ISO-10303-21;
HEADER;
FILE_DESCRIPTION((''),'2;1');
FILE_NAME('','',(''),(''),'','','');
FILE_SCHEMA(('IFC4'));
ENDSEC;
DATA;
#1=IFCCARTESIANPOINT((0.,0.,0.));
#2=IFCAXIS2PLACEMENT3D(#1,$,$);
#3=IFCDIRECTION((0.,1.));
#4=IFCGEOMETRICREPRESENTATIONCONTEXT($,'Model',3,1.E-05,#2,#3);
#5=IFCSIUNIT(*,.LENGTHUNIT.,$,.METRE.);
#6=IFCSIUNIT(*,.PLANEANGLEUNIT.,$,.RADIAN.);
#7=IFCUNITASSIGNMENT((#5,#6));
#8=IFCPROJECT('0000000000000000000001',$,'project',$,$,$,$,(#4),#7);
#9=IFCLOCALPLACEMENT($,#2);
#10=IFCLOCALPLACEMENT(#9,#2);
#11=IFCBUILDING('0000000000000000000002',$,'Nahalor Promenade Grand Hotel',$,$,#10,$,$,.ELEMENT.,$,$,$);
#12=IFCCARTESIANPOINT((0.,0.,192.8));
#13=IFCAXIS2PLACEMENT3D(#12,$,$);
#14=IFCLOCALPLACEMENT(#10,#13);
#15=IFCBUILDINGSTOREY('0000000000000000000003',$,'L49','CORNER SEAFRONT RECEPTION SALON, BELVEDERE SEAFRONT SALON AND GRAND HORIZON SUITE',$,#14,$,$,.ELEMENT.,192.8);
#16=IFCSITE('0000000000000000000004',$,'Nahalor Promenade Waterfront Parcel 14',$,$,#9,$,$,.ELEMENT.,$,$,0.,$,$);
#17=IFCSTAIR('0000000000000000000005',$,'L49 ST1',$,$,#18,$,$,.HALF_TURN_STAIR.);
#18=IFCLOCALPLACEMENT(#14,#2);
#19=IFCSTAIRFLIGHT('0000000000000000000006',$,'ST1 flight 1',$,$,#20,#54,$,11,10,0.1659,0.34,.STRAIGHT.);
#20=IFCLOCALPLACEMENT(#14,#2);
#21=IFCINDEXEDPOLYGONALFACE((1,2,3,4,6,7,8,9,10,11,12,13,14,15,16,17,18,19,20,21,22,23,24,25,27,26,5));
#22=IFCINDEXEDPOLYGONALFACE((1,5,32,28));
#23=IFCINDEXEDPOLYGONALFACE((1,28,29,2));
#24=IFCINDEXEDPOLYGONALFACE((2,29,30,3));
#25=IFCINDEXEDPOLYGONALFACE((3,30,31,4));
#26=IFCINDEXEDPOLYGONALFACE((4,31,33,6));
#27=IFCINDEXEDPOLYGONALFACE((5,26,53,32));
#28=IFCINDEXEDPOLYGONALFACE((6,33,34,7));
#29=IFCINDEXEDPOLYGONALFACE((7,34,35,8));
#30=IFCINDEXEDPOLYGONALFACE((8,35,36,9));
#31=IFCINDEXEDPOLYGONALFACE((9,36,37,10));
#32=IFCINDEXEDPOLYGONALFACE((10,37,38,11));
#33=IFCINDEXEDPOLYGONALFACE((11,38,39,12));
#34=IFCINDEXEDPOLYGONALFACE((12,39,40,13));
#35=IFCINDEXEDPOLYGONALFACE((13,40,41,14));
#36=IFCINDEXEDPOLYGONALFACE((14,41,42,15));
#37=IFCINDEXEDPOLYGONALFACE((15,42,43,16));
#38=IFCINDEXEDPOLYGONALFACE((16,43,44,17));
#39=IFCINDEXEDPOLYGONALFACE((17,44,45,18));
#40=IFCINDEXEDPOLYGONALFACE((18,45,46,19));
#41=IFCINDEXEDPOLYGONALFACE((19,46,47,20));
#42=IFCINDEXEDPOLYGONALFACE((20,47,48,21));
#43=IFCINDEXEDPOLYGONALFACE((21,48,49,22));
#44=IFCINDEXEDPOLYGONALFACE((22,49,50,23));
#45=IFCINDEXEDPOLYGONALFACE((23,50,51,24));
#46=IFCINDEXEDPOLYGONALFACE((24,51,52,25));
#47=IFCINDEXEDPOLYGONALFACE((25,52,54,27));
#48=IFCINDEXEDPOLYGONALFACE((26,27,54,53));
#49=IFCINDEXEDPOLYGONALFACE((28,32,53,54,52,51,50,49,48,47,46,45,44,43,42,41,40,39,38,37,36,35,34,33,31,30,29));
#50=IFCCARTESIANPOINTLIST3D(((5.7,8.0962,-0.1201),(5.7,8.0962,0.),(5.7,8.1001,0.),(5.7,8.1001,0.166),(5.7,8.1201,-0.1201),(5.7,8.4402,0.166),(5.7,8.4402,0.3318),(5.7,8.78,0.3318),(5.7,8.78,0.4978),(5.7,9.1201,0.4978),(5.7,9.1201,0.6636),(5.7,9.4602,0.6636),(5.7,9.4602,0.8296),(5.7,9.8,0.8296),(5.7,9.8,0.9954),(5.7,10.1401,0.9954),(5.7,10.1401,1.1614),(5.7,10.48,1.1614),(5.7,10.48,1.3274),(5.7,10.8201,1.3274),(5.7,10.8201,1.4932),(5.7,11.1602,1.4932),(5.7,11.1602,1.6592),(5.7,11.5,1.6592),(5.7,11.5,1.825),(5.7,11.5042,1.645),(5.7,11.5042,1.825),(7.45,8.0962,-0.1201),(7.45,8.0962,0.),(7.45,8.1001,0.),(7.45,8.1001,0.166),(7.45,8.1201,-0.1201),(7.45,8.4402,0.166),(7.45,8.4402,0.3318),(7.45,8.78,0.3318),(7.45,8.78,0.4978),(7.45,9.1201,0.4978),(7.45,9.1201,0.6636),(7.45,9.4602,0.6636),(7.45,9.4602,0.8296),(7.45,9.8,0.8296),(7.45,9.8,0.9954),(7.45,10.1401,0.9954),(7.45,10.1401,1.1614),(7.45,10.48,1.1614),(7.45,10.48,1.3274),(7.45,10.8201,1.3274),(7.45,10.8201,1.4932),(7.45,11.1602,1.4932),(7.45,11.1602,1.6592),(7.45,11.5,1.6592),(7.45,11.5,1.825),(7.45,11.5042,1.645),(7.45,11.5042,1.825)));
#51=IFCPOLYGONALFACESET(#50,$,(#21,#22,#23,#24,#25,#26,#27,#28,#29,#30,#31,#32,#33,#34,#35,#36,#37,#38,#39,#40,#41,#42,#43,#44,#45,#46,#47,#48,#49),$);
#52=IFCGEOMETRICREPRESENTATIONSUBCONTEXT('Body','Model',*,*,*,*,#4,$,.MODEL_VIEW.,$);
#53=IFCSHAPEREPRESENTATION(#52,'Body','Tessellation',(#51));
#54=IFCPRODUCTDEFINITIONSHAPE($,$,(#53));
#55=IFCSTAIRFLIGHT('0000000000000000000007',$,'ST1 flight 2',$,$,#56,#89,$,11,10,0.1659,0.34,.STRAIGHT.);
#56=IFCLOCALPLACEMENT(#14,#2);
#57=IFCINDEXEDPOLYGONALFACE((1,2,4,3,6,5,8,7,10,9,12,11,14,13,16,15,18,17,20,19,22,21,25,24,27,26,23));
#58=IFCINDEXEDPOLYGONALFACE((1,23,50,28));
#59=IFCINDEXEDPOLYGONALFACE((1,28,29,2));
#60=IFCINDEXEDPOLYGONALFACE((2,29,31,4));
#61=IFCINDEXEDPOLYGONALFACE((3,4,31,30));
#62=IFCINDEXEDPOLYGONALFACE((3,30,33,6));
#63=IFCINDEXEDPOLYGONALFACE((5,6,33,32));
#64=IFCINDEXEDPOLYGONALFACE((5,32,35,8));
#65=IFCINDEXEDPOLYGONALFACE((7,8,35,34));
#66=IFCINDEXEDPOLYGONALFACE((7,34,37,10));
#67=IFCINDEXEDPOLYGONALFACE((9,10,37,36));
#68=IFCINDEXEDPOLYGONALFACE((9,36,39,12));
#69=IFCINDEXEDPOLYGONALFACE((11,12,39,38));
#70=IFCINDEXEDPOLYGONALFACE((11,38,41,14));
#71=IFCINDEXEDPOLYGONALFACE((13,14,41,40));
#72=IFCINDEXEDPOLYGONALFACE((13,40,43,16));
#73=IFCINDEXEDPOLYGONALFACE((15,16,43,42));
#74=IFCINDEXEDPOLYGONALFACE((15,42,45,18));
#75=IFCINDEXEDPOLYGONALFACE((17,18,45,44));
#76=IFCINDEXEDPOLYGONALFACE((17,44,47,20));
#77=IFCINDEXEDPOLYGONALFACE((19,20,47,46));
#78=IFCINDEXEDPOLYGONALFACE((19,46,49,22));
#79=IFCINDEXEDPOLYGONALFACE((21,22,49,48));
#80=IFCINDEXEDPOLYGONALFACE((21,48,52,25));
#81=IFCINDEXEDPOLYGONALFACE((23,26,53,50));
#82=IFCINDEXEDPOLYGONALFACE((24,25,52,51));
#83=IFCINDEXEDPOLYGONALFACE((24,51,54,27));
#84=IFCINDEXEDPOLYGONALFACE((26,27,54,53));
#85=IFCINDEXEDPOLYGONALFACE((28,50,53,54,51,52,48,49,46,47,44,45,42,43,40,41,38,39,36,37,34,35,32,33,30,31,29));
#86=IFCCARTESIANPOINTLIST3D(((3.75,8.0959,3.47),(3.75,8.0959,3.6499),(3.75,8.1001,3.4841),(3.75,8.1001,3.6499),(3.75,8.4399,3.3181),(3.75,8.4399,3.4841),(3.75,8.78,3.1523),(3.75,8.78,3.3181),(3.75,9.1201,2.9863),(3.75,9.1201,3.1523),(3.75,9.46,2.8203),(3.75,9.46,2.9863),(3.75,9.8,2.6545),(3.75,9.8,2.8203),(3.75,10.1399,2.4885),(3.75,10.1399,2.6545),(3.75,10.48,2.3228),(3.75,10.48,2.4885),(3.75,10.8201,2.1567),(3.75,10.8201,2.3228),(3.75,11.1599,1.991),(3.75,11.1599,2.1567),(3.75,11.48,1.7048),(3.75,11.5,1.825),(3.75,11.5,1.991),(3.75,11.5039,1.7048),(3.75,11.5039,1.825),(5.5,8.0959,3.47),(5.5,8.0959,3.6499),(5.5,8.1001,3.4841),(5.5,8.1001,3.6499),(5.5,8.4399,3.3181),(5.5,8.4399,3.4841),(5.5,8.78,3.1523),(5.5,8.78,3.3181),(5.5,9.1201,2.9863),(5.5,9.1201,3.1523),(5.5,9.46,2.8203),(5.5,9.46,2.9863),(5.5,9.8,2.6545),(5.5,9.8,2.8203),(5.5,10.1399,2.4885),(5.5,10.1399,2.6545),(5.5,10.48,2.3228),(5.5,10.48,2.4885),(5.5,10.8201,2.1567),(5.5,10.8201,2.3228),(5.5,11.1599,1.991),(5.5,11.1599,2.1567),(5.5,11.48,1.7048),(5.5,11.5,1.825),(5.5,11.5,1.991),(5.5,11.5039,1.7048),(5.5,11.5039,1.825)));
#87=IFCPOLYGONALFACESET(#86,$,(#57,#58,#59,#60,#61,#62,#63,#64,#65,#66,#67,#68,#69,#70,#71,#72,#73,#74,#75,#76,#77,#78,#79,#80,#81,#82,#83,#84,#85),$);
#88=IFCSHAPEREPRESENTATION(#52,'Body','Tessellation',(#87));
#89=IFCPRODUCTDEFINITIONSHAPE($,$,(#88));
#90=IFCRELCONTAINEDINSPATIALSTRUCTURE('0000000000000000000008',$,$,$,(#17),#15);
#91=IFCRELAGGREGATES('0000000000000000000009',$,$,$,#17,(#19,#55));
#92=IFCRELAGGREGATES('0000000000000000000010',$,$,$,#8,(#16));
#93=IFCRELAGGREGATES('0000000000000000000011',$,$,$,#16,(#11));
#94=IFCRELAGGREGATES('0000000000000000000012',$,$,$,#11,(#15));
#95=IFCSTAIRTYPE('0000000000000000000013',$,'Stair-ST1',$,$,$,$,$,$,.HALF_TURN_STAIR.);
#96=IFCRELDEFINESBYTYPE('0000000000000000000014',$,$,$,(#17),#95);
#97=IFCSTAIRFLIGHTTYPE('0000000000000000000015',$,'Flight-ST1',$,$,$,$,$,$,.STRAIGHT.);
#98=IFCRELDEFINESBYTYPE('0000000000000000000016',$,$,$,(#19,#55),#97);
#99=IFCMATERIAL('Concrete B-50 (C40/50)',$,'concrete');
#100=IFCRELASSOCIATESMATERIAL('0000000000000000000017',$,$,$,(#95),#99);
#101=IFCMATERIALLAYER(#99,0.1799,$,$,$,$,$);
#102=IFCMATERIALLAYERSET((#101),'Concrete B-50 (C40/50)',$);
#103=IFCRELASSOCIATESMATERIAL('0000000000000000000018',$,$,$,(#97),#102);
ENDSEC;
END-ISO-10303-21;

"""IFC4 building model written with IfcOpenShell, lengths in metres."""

from ifc_helpers import new_model, si_unit, direction, frame, origin, place, context, subcontext, project, spatial, polyline, outline, extrude, source, transform, mapped, material, layer, layer_set, type_object, element, aggregate, save


model = new_model("IFC4")

# Units and contexts
model_context = context("Model", 3, precision=1e-05, world=origin(), true_north=direction((0.0, 1.0)))
body_context = subcontext(model_context, "Body", "Model", "MODEL_VIEW")
ifc_project = project(units=[si_unit("LENGTHUNIT", "METRE"), si_unit("PLANEANGLEUNIT", "RADIAN")], contexts=[model_context])

# Site, building, storey
site_placement = place(None, origin())
site = spatial("IfcSite", under=ifc_project, at=site_placement, Name="Nahalor Promenade Waterfront Parcel 14", CompositionType="ELEMENT", RefElevation=0.0)
building_placement = place(site_placement, origin())
building = spatial("IfcBuilding", under=site, at=building_placement, Name="Nahalor Promenade Grand Hotel", CompositionType="ELEMENT")
storey_placement = place(building_placement, frame((0.0, 0.0, 192.8)))
storey = spatial("IfcBuildingStorey", under=building, at=storey_placement, Name="L49", Description="CORNER SEAFRONT RECEPTION SALON, BELVEDERE SEAFRONT SALON AND GRAND HORIZON SUITE", CompositionType="ELEMENT", Elevation=192.8)

# Shared definitions
ifc_material_1 = material(Name="Concrete B-50 (C40/50)", Category="concrete")

# Stair, stair flights
stair_type = type_object("IfcStairType", Name="Stair-ST1", PredefinedType="HALF_TURN_STAIR", material=ifc_material_1)
stair_placement = place(storey_placement, origin())
stair = element("IfcStair", 1, at=stair_placement, inside=storey, type_object=stair_type, Name="L49 ST1", PredefinedType="HALF_TURN_STAIR")
ifc_layer_1 = layer(ifc_material_1, 0.1799)
ifc_layer_set_1 = layer_set([ifc_layer_1], Name="Concrete B-50 (C40/50)")
stair_flight_type = type_object("IfcStairFlightType", Name="Flight-ST1", PredefinedType="STRAIGHT", material=ifc_layer_set_1)
shared_shape_1 = source(origin(), body_context, "Body", "SweptSolid", [
    extrude(outline(polyline([(-0.0039, -0.1201), (-0.0039, 0.0), (0.0, 0.0), (0.0, 0.166), (0.3401, 0.166), (0.3401, 0.3318), (0.6799, 0.3318), (0.6799, 0.4978), (1.02, 0.4978), (1.02, 0.6636), (1.3601, 0.6636), (1.3601, 0.8296), (1.7, 0.8296), (1.7, 0.9954), (2.04, 0.9954), (2.04, 1.1614), (2.3799, 1.1614), (2.3799, 1.3274), (2.72, 1.3274), (2.72, 1.4932), (3.0601, 1.4932), (3.0601, 1.6592), (3.3999, 1.6592), (3.3999, 1.825), (3.4041, 1.825), (3.4041, 1.645), (0.02, -0.1201), (-0.0039, -0.1201)])), frame((0.0, 0.875, 0.0), z_axis=(0.0, -1.0, 0.0), x_axis=(1.0, 0.0, 0.0)), (0.0, 0.0, 1.0), 1.75),
])
stair_flight_1_placement = place(storey_placement, frame((6.575, 8.1001, 0.0), z_axis=(0.0, 0.0, 1.0), x_axis=(0.0, 1.0, 0.0)))
stair_flight_1 = element("IfcStairFlight", 2, at=stair_flight_1_placement, type_object=stair_flight_type, Name="ST1 flight 1", NumberOfRisers=11, NumberOfTreads=10, PredefinedType="STRAIGHT", RiserHeight=0.1659, TreadLength=0.34, context=body_context, shape_type="MappedRepresentation", body=[
    mapped(shared_shape_1, transform((0.0, 0.0, 0.0), scale=1.0)),
])
stair_flight_2_placement = place(storey_placement, frame((4.625, 11.5, 1.825), z_axis=(0.0, 0.0, 1.0), x_axis=(0.0, -1.0, 0.0)))
stair_flight_2 = element("IfcStairFlight", 3, at=stair_flight_2_placement, type_object=stair_flight_type, Name="ST1 flight 2", NumberOfRisers=11, NumberOfTreads=10, PredefinedType="STRAIGHT", RiserHeight=0.1659, TreadLength=0.34, context=body_context, shape_type="MappedRepresentation", body=[
    mapped(shared_shape_1, transform((0.0, 0.0, 0.0), scale=1.0)),
])
aggregate(stair, [stair_flight_1, stair_flight_2])

save(model, "model.ifc")
